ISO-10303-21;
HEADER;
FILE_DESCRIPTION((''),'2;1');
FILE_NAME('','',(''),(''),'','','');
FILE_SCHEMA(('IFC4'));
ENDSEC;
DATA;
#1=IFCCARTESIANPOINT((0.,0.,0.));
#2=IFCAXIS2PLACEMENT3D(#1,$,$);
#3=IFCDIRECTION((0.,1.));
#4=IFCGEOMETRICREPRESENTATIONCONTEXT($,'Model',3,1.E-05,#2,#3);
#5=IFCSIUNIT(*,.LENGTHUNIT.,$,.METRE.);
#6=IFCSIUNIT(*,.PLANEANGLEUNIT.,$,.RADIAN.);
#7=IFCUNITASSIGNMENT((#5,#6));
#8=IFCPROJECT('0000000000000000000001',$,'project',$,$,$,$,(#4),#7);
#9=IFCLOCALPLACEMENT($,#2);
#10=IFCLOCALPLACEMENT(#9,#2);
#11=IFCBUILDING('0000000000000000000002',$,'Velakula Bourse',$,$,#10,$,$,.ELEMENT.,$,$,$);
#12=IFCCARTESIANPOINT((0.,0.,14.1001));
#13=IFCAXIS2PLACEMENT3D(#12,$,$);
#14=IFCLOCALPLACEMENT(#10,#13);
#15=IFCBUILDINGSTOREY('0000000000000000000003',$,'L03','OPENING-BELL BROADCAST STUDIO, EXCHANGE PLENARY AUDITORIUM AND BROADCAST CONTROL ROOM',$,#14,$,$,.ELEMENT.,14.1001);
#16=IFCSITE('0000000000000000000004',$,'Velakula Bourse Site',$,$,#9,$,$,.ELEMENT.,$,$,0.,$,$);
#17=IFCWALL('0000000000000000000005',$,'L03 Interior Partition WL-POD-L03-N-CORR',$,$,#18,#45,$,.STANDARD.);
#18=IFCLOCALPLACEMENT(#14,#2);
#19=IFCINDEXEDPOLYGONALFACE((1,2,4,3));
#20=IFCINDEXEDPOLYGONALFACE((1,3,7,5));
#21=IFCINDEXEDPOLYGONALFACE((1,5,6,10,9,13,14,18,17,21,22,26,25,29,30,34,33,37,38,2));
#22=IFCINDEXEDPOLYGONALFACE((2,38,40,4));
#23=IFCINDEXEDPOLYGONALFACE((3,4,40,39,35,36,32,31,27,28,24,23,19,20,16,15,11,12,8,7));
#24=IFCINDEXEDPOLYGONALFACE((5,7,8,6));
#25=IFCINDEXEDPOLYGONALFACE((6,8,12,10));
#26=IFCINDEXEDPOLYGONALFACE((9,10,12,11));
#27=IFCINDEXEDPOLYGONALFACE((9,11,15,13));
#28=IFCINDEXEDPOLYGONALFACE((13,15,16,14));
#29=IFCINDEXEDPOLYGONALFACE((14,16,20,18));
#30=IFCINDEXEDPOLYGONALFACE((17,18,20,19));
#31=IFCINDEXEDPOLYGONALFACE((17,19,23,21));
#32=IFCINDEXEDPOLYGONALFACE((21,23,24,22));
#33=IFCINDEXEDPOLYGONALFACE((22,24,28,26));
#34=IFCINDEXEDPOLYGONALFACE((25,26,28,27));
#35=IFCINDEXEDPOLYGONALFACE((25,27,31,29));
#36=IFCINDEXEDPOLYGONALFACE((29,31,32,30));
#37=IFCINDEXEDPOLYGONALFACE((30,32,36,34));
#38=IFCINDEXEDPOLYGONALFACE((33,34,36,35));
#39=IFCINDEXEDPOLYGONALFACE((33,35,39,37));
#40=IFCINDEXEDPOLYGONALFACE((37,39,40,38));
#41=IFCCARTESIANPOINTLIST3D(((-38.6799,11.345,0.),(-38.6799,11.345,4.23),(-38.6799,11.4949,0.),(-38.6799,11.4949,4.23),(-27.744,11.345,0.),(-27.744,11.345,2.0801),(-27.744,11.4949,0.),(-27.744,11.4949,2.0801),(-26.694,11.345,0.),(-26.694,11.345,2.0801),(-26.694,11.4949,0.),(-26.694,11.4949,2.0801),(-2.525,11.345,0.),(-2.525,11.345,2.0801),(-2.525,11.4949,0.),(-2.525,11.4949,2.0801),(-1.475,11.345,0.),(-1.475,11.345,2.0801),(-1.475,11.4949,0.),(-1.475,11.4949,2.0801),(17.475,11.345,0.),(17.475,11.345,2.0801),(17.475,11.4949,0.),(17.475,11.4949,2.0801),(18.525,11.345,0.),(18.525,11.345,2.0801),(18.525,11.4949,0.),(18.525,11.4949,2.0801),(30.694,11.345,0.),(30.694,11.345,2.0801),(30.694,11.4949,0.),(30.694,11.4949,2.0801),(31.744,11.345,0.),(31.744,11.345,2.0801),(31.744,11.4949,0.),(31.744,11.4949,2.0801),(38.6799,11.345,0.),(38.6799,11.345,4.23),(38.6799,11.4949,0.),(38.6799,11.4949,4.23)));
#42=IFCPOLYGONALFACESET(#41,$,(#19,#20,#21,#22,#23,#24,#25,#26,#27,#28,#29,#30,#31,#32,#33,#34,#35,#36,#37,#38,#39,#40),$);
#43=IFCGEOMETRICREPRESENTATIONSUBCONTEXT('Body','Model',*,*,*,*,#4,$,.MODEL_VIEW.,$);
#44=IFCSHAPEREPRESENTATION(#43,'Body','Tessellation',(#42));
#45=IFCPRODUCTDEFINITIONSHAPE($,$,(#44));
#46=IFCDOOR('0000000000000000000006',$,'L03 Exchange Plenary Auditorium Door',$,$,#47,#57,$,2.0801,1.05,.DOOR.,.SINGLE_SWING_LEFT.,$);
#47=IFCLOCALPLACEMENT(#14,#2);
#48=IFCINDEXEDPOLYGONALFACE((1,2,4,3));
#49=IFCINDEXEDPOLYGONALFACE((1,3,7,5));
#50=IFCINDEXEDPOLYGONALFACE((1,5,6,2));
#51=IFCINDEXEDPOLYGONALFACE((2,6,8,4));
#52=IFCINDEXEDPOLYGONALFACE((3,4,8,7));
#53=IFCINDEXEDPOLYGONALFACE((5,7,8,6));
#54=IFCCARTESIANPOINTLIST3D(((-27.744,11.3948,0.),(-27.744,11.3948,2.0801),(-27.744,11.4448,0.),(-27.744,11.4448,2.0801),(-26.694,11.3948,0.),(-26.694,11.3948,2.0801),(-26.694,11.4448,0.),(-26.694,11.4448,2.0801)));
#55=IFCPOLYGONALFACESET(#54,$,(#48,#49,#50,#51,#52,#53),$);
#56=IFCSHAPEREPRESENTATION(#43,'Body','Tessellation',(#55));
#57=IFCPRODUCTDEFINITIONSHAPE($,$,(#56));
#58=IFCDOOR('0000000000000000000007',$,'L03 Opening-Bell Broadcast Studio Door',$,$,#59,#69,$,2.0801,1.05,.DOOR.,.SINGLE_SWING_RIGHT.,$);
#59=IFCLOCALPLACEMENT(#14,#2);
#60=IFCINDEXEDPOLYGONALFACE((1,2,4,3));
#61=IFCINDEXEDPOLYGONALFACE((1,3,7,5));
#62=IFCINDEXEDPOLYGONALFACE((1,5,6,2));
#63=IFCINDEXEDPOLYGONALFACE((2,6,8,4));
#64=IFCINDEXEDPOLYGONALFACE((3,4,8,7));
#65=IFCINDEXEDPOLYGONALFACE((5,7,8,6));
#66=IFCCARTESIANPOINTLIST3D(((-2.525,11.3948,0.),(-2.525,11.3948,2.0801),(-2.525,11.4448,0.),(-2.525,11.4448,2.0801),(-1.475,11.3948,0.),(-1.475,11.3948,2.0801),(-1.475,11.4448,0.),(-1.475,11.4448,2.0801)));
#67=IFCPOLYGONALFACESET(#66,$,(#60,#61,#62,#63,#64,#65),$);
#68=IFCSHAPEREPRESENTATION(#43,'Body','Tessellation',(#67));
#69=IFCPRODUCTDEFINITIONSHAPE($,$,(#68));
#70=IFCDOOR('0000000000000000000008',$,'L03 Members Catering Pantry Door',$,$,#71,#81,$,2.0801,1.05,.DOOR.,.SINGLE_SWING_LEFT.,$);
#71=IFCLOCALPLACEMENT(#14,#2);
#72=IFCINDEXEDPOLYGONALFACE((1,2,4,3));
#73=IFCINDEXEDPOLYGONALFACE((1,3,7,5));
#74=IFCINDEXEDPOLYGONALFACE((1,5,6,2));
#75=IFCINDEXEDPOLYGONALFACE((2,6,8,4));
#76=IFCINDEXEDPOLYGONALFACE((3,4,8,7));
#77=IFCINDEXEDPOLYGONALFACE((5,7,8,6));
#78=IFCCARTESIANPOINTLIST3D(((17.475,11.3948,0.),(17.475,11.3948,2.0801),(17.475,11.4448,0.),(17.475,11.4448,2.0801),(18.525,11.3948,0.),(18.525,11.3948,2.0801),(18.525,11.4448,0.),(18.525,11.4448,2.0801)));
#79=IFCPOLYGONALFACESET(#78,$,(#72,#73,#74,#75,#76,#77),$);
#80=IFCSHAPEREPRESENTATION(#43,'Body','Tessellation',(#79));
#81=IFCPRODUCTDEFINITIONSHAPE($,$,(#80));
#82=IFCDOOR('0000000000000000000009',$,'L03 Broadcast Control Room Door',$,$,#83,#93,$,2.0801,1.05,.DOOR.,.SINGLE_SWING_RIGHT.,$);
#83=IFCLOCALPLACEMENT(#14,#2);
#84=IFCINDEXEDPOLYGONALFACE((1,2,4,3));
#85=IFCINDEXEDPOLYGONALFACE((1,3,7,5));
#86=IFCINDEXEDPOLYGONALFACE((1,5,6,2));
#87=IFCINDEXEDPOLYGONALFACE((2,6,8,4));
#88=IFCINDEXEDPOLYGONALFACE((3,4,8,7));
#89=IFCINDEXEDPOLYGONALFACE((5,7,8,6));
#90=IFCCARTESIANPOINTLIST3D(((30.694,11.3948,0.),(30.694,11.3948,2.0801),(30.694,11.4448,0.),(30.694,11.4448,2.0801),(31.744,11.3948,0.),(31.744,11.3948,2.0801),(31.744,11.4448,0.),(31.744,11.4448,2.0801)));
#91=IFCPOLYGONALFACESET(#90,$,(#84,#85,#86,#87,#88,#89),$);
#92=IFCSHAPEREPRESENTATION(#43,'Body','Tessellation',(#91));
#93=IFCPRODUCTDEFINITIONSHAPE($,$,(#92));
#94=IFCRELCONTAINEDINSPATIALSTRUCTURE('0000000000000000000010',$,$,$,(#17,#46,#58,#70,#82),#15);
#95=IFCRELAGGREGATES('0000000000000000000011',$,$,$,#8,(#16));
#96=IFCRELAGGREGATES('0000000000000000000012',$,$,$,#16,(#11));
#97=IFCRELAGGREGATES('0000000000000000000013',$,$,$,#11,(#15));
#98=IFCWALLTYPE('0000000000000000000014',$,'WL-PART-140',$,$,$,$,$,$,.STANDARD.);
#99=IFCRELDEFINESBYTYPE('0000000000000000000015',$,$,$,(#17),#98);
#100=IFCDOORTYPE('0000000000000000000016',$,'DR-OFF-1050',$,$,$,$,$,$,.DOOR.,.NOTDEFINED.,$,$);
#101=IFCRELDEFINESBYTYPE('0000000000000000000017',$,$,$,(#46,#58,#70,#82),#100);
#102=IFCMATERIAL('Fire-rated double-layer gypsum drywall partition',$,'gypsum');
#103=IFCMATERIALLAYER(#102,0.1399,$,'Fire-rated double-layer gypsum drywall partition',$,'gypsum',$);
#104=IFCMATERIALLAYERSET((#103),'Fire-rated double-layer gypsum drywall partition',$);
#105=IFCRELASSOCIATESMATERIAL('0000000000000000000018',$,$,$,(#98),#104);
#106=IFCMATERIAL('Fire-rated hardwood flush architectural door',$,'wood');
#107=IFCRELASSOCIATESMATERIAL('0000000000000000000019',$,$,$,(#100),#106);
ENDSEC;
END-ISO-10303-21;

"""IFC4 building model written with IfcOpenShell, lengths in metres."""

from ifc_helpers import new_model, si_unit, direction, frame, frame_2d, origin, place, context, subcontext, project, spatial, rectangle, extrude, material, layer, layer_set, type_object, element, fill, save


model = new_model("IFC4")

# Units and contexts
model_context = context("Model", 3, precision=1e-05, world=origin(), true_north=direction((0.0, 1.0)))
body_context = subcontext(model_context, "Body", "Model", "MODEL_VIEW")
ifc_project = project(units=[si_unit("LENGTHUNIT", "METRE"), si_unit("PLANEANGLEUNIT", "RADIAN")], contexts=[model_context])

# Site, building, storey
site_placement = place(None, origin())
site = spatial("IfcSite", under=ifc_project, at=site_placement, Name="Velakula Bourse Site", CompositionType="ELEMENT", RefElevation=0.0)
building_placement = place(site_placement, origin())
building = spatial("IfcBuilding", under=site, at=building_placement, Name="Velakula Bourse", CompositionType="ELEMENT")
storey_placement = place(building_placement, frame((0.0, 0.0, 14.1001)))
storey = spatial("IfcBuildingStorey", under=building, at=storey_placement, Name="L03", Description="OPENING-BELL BROADCAST STUDIO, EXCHANGE PLENARY AUDITORIUM AND BROADCAST CONTROL ROOM", CompositionType="ELEMENT", Elevation=14.1001)

# Wall, openings, doors
ifc_material_1 = material(Name="Fire-rated double-layer gypsum drywall partition", Category="gypsum")
ifc_layer = layer(ifc_material_1, 0.1399, Name="Fire-rated double-layer gypsum drywall partition", Category="gypsum")
ifc_layer_set = layer_set([ifc_layer], Name="Fire-rated double-layer gypsum drywall partition")
wall_type = type_object("IfcWallType", Name="WL-PART-140", PredefinedType="STANDARD", material=ifc_layer_set)
wall_placement = place(storey_placement, frame((-38.6799, 11.4199, 0.0), z_axis=(0.0, 0.0, 1.0), x_axis=(1.0, 0.0, 0.0)))
wall = element("IfcWall", 1, at=wall_placement, inside=storey, type_object=wall_type, Name="L03 Interior Partition WL-POD-L03-N-CORR", PredefinedType="STANDARD", context=body_context, shape_type="SweptSolid", body=[
    extrude(rectangle(XDim=77.3599, YDim=0.1499, at=frame_2d((38.6799, 0.0))), origin(), (0.0, 0.0, 1.0), 4.23),
])
opening_1_placement = place(wall_placement, frame((10.936, 0.0, 0.0)))
opening_1 = element("IfcOpeningElement", 2, at=opening_1_placement, cuts=wall, PredefinedType="OPENING", context=body_context, shape_type="SweptSolid", body=[
    extrude(rectangle(XDim=1.05, YDim=2.0801, at=frame_2d((0.5249, 1.04))), frame((0.0, 0.085, 0.0), z_axis=(0.0, -1.0, 0.0), x_axis=(1.0, 0.0, 0.0)), (0.0, 0.0, 1.0), 0.1699),
])
opening_2_placement = place(wall_placement, frame((36.155, 0.0, 0.0)))
opening_2 = element("IfcOpeningElement", 3, at=opening_2_placement, cuts=wall, PredefinedType="OPENING", context=body_context, shape_type="SweptSolid", body=[
    extrude(rectangle(XDim=1.05, YDim=2.0801, at=frame_2d((0.5249, 1.04))), frame((0.0, 0.085, 0.0), z_axis=(0.0, -1.0, 0.0), x_axis=(1.0, 0.0, 0.0)), (0.0, 0.0, 1.0), 0.1699),
])
opening_3_placement = place(wall_placement, frame((56.155, 0.0, 0.0)))
opening_3 = element("IfcOpeningElement", 4, at=opening_3_placement, cuts=wall, PredefinedType="OPENING", context=body_context, shape_type="SweptSolid", body=[
    extrude(rectangle(XDim=1.05, YDim=2.0801, at=frame_2d((0.5249, 1.04))), frame((0.0, 0.085, 0.0), z_axis=(0.0, -1.0, 0.0), x_axis=(1.0, 0.0, 0.0)), (0.0, 0.0, 1.0), 0.1699),
])
opening_4_placement = place(wall_placement, frame((69.374, 0.0, 0.0)))
opening_4 = element("IfcOpeningElement", 5, at=opening_4_placement, cuts=wall, PredefinedType="OPENING", context=body_context, shape_type="SweptSolid", body=[
    extrude(rectangle(XDim=1.05, YDim=2.0801, at=frame_2d((0.5249, 1.04))), frame((0.0, 0.085, 0.0), z_axis=(0.0, -1.0, 0.0), x_axis=(1.0, 0.0, 0.0)), (0.0, 0.0, 1.0), 0.1699),
])
ifc_material_2 = material(Name="Fire-rated hardwood flush architectural door", Category="wood")
door_type = type_object("IfcDoorType", Name="DR-OFF-1050", OperationType="NOTDEFINED", PredefinedType="DOOR", material=ifc_material_2)
door_1_placement = place(opening_1_placement, origin())
door_1 = element("IfcDoor", 6, at=door_1_placement, inside=storey, type_object=door_type, Name="L03 Exchange Plenary Auditorium Door", OperationType="SINGLE_SWING_LEFT", OverallHeight=2.0801, OverallWidth=1.05, PredefinedType="DOOR", context=body_context, shape_type="SweptSolid", body=[
    extrude(rectangle(XDim=1.05, YDim=2.0801, at=frame_2d((0.5249, 1.04))), frame((0.0, 0.0249, 0.0), z_axis=(0.0, -1.0, 0.0), x_axis=(1.0, 0.0, 0.0)), (0.0, 0.0, 1.0), 0.05),
])
fill(opening_1, door_1)
door_2_placement = place(opening_2_placement, origin())
door_2 = element("IfcDoor", 7, at=door_2_placement, inside=storey, type_object=door_type, Name="L03 Opening-Bell Broadcast Studio Door", OperationType="SINGLE_SWING_RIGHT", OverallHeight=2.0801, OverallWidth=1.05, PredefinedType="DOOR", context=body_context, shape_type="SweptSolid", body=[
    extrude(rectangle(XDim=1.05, YDim=2.0801, at=frame_2d((0.5249, 1.04))), frame((0.0, 0.0249, 0.0), z_axis=(0.0, -1.0, 0.0), x_axis=(1.0, 0.0, 0.0)), (0.0, 0.0, 1.0), 0.05),
])
fill(opening_2, door_2)
door_3_placement = place(opening_3_placement, origin())
door_3 = element("IfcDoor", 8, at=door_3_placement, inside=storey, type_object=door_type, Name="L03 Members Catering Pantry Door", OperationType="SINGLE_SWING_LEFT", OverallHeight=2.0801, OverallWidth=1.05, PredefinedType="DOOR", context=body_context, shape_type="SweptSolid", body=[
    extrude(rectangle(XDim=1.05, YDim=2.0801, at=frame_2d((0.5249, 1.04))), frame((0.0, 0.0249, 0.0), z_axis=(0.0, -1.0, 0.0), x_axis=(1.0, 0.0, 0.0)), (0.0, 0.0, 1.0), 0.05),
])
fill(opening_3, door_3)
door_4_placement = place(opening_4_placement, origin())
door_4 = element("IfcDoor", 9, at=door_4_placement, inside=storey, type_object=door_type, Name="L03 Broadcast Control Room Door", OperationType="SINGLE_SWING_RIGHT", OverallHeight=2.0801, OverallWidth=1.05, PredefinedType="DOOR", context=body_context, shape_type="SweptSolid", body=[
    extrude(rectangle(XDim=1.05, YDim=2.0801, at=frame_2d((0.5249, 1.04))), frame((0.0, 0.0249, 0.0), z_axis=(0.0, -1.0, 0.0), x_axis=(1.0, 0.0, 0.0)), (0.0, 0.0, 1.0), 0.05),
])
fill(opening_4, door_4)

save(model, "model.ifc")
